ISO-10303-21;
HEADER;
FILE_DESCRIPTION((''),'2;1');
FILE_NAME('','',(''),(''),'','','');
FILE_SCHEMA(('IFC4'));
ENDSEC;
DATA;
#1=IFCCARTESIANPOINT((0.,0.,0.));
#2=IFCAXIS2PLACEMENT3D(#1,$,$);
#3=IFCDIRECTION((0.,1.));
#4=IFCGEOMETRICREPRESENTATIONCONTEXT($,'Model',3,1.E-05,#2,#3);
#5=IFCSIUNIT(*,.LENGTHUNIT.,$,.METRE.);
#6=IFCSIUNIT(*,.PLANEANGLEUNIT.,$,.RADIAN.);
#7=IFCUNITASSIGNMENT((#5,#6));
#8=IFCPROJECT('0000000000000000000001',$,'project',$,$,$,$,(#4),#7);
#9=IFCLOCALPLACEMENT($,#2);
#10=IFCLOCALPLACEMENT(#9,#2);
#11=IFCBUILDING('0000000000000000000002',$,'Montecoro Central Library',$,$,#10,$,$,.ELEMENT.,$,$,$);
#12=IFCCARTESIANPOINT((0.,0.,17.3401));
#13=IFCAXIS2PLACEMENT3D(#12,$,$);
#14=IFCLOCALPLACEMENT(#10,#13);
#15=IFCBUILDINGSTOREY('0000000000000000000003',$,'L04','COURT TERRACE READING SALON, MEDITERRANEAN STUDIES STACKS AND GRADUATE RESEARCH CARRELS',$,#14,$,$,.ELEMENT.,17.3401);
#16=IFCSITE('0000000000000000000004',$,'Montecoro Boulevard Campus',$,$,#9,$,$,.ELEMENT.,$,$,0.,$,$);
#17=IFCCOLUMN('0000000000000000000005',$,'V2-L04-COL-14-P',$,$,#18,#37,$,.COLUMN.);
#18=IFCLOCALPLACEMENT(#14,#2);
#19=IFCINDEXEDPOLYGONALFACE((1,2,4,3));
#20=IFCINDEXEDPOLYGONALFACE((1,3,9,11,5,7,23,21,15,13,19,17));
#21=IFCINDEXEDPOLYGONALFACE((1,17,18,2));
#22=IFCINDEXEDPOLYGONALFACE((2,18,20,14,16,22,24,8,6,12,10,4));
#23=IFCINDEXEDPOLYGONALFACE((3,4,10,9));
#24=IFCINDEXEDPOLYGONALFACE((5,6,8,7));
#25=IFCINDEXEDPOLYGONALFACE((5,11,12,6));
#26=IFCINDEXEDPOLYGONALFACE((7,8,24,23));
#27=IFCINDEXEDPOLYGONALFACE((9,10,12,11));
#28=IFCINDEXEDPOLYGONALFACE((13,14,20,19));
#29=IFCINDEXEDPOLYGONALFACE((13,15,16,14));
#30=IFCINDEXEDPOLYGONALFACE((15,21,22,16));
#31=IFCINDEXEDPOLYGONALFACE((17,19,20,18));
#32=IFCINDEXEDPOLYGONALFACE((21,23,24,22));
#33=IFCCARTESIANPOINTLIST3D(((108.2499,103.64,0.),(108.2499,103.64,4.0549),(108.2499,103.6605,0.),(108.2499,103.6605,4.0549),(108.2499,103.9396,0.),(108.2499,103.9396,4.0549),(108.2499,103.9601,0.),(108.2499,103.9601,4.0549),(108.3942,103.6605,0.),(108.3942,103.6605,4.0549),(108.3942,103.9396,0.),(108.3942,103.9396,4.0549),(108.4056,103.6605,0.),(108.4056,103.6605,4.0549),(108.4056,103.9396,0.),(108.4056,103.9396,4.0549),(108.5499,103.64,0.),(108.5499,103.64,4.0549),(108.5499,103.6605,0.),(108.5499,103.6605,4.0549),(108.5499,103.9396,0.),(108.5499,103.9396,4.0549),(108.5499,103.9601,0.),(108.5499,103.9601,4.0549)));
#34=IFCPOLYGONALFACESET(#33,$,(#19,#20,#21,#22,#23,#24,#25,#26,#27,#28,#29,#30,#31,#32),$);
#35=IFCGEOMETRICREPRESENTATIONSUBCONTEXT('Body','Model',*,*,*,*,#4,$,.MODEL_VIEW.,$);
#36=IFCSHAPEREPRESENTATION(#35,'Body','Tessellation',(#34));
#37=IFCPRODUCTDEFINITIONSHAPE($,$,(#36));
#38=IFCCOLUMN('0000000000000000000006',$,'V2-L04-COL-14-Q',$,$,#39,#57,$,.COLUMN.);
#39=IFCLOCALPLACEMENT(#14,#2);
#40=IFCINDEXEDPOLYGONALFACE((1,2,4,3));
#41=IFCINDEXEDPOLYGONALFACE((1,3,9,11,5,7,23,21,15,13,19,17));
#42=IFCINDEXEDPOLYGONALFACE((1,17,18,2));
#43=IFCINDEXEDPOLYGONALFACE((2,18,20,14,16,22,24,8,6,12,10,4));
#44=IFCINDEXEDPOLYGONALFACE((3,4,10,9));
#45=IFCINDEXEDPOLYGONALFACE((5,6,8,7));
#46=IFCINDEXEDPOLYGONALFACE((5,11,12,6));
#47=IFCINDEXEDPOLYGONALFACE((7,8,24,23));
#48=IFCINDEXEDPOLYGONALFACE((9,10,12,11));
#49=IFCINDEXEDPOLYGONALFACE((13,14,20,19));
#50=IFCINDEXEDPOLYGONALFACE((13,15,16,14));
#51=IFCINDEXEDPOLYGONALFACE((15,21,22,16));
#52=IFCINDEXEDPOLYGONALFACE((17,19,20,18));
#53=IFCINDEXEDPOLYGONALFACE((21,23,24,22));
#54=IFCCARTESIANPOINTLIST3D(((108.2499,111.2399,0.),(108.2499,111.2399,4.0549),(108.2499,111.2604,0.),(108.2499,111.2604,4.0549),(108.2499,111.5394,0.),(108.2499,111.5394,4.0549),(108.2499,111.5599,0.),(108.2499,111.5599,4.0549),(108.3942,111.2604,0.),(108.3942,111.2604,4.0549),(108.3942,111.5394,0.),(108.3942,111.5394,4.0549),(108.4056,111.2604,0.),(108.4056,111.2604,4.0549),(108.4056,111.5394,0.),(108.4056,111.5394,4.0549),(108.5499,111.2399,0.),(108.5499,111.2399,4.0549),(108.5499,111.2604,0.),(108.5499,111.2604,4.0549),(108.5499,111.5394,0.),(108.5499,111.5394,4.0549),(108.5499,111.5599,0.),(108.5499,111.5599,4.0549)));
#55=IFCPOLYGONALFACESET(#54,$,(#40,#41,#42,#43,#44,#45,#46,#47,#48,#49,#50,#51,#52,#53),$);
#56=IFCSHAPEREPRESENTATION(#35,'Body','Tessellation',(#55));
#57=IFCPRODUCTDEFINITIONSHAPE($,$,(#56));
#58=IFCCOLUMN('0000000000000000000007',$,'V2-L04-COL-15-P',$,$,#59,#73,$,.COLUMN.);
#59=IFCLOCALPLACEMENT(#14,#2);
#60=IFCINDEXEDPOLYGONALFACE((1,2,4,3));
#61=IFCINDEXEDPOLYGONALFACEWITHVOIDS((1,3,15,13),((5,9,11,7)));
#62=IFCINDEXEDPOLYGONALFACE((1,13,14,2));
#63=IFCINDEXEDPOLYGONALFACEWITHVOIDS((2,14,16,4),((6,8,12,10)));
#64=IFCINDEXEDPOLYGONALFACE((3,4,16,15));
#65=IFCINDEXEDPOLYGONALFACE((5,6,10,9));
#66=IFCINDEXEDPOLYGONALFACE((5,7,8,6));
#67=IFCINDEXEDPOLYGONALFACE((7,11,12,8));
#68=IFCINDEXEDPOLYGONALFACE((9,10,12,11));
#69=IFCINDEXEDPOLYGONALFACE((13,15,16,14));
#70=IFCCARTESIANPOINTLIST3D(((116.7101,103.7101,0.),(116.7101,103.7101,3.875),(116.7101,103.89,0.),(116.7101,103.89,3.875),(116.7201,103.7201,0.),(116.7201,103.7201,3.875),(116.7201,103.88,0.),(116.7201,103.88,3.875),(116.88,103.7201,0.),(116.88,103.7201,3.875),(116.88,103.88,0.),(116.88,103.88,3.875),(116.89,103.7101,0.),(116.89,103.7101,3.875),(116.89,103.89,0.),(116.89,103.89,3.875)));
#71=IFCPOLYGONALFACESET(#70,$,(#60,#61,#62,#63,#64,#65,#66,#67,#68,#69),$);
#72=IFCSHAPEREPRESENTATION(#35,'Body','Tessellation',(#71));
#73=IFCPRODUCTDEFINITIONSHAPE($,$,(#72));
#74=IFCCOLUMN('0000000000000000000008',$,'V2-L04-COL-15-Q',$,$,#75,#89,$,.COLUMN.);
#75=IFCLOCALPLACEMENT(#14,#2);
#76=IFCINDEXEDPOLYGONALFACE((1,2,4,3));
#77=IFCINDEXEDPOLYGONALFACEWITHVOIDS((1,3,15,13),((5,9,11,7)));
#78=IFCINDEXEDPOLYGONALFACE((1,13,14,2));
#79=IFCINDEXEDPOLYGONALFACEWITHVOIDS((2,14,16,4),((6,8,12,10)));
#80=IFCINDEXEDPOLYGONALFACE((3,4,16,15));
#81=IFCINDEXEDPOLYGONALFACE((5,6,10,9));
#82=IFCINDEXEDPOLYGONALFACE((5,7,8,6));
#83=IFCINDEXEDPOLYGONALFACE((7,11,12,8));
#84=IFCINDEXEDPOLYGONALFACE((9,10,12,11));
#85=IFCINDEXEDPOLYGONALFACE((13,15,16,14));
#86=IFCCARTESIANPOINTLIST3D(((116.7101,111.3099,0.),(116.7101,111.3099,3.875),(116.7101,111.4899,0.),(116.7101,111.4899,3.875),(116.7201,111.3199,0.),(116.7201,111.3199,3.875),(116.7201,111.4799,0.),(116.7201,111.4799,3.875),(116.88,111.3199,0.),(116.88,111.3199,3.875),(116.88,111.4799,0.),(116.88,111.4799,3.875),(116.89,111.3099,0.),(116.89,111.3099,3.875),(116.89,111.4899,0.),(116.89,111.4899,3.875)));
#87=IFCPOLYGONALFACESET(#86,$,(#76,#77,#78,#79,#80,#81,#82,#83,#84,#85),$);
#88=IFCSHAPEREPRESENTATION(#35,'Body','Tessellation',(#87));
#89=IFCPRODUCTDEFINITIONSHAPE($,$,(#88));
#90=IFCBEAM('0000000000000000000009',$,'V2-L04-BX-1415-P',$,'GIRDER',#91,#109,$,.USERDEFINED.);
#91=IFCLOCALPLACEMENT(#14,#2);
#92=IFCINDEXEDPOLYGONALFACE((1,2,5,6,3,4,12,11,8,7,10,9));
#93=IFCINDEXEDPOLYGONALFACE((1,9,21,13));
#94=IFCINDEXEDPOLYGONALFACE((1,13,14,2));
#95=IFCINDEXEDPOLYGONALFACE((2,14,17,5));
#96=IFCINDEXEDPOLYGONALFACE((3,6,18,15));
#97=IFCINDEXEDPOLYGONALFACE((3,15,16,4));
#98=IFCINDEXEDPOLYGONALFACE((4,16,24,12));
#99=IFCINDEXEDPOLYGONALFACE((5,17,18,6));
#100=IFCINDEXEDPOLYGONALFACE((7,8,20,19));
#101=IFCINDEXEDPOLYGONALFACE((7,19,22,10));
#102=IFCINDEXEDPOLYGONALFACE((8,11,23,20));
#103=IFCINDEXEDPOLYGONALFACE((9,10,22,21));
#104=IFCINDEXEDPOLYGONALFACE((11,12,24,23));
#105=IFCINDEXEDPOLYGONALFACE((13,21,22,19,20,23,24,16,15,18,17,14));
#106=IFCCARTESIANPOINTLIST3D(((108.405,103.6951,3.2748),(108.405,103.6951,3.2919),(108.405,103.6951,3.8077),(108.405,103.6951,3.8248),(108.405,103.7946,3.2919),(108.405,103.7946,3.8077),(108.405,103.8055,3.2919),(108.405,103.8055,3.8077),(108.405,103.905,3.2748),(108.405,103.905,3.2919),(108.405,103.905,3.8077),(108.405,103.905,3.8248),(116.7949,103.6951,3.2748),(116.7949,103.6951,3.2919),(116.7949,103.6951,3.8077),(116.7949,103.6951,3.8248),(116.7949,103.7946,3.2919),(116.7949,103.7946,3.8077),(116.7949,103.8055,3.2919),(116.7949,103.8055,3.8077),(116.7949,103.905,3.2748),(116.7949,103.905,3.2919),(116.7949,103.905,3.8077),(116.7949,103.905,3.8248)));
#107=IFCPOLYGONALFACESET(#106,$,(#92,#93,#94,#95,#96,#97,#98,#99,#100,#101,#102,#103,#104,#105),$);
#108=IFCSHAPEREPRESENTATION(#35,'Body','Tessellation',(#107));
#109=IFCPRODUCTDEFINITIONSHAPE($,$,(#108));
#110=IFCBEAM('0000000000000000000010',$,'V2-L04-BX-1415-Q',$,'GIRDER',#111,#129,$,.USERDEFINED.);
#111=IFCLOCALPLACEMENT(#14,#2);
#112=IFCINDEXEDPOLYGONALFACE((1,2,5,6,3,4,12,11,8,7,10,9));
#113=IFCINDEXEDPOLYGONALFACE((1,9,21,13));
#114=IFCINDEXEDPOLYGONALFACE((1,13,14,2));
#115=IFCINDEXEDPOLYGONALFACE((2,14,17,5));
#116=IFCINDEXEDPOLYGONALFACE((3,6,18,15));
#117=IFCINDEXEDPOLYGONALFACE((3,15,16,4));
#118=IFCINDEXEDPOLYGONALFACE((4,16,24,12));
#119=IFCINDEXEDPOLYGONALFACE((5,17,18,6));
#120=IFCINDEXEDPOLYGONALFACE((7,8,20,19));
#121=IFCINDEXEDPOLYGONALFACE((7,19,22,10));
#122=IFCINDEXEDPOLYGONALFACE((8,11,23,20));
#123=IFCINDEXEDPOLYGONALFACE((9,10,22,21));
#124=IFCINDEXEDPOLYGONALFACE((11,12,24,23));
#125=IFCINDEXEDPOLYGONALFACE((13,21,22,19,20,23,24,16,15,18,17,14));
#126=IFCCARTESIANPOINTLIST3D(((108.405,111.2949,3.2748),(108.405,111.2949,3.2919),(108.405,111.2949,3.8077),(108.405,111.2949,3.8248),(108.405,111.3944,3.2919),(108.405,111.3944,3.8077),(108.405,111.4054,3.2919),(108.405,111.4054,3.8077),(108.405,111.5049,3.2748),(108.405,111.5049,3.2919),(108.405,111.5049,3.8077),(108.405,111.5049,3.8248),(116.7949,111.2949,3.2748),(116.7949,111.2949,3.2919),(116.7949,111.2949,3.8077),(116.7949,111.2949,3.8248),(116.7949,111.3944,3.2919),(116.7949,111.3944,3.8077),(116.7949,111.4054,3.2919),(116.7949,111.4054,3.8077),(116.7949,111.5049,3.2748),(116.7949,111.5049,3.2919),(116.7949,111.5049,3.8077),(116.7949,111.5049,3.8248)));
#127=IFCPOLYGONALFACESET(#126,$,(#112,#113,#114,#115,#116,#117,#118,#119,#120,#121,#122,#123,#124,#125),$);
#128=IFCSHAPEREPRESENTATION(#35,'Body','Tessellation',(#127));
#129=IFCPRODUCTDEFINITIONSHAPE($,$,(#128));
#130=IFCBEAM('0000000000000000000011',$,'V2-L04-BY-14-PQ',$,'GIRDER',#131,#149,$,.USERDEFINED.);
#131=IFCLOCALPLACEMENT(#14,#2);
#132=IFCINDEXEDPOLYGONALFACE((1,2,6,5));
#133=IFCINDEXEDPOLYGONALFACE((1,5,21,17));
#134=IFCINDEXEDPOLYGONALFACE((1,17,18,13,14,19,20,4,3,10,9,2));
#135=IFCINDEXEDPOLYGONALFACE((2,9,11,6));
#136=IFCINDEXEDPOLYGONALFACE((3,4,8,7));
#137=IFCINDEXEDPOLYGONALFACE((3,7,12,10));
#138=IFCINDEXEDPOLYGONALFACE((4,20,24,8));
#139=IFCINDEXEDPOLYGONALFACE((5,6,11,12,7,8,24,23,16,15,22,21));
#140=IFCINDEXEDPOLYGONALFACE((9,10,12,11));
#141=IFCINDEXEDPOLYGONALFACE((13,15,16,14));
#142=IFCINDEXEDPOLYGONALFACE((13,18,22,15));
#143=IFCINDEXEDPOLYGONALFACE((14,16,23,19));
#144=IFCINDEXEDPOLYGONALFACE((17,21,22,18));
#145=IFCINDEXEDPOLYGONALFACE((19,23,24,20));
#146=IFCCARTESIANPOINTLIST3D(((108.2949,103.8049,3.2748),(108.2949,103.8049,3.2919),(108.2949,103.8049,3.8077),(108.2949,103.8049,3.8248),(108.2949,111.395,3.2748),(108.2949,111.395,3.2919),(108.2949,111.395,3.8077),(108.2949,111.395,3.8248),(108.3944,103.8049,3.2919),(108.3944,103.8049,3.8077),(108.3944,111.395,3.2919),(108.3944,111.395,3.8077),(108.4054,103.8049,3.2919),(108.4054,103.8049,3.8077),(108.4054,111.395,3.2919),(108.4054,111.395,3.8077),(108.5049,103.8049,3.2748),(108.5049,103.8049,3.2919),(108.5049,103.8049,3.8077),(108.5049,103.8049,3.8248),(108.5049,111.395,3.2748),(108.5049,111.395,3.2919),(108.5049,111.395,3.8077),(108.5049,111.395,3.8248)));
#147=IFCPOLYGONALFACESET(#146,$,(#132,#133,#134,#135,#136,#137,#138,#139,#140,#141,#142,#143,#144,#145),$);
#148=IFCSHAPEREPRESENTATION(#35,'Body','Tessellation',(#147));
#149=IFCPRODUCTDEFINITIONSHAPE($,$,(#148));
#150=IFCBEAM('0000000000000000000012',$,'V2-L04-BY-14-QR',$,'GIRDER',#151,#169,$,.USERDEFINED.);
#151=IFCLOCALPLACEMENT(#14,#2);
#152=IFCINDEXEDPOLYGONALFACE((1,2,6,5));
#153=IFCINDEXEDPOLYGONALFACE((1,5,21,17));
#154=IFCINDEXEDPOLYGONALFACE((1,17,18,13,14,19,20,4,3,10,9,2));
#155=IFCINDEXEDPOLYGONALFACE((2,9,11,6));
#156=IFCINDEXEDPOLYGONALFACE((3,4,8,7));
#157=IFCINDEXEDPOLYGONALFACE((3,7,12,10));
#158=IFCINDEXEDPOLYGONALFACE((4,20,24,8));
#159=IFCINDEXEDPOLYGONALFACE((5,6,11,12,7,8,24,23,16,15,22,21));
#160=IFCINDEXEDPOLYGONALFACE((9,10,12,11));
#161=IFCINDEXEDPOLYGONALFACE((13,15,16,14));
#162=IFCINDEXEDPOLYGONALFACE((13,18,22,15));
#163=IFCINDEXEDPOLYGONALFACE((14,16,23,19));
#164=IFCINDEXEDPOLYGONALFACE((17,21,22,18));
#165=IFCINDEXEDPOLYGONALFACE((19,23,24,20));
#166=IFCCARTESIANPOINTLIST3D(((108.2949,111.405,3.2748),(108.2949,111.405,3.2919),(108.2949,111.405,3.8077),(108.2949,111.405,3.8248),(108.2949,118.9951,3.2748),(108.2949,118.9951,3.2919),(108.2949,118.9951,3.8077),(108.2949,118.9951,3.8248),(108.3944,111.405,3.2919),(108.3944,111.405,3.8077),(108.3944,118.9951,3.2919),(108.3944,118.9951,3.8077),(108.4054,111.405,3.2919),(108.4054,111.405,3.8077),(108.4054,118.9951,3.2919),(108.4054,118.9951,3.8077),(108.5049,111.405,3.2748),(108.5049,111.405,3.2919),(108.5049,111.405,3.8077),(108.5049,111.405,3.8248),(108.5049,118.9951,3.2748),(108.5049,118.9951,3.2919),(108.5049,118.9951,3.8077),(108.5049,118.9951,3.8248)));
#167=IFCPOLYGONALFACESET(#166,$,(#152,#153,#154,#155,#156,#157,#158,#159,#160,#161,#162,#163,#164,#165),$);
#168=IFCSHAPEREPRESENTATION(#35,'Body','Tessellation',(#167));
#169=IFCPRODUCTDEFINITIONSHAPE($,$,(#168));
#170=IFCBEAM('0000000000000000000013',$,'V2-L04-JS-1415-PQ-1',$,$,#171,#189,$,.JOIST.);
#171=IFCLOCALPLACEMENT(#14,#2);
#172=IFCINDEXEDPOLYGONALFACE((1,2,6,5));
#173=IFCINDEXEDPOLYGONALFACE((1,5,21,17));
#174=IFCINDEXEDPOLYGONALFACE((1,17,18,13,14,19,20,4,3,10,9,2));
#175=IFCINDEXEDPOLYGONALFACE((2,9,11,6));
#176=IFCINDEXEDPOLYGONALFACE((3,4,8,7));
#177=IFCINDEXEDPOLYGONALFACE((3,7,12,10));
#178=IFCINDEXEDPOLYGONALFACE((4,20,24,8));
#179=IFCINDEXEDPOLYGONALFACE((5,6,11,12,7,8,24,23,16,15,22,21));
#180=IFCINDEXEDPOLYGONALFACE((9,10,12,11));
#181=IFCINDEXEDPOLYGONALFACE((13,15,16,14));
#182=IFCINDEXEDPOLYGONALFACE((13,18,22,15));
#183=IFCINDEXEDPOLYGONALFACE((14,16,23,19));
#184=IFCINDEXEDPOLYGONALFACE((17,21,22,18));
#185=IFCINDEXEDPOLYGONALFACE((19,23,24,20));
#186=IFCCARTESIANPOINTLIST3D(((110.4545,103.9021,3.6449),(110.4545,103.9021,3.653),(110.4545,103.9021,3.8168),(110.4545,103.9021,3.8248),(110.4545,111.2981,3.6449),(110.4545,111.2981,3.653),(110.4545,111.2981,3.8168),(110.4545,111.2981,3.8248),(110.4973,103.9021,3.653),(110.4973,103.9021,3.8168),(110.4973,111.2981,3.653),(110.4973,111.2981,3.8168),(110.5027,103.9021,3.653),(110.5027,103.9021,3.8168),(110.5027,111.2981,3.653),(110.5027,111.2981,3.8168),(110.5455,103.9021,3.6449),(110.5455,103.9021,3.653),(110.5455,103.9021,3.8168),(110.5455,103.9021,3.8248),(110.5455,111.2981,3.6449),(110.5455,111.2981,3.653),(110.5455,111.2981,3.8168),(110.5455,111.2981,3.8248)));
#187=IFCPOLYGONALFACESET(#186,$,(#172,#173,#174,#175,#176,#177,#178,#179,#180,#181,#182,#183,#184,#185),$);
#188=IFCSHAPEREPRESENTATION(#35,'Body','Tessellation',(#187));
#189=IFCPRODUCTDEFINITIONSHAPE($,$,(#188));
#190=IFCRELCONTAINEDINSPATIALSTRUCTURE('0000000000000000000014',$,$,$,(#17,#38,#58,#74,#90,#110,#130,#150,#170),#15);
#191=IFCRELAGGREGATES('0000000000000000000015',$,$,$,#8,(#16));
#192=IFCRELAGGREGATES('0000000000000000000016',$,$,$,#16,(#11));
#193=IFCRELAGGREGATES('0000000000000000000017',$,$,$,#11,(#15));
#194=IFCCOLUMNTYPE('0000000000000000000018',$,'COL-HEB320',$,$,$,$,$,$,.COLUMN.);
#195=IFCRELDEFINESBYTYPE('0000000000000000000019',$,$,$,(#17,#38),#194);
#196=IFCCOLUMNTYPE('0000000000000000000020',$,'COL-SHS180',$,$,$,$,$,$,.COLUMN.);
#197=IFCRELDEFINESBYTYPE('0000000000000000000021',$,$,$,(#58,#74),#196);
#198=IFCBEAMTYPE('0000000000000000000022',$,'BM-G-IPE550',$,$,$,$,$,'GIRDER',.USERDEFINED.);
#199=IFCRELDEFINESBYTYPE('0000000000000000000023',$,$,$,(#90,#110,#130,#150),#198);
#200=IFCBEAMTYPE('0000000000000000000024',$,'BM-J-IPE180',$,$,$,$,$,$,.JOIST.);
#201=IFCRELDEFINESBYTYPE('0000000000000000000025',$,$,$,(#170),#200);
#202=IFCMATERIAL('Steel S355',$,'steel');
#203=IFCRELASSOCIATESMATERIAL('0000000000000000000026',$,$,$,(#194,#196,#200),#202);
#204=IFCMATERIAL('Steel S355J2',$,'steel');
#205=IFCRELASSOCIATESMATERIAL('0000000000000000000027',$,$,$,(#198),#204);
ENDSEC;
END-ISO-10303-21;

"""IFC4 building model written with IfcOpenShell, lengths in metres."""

from ifc_helpers import new_model, si_unit, direction, frame, origin, origin_2d, place, context, subcontext, project, spatial, hollow_rectangle, i_section, extrude, material, material_profile, profile_set, type_object, element, save


model = new_model("IFC4")

# Units and contexts
model_context = context("Model", 3, precision=1e-05, world=origin(), true_north=direction((0.0, 1.0)))
body_context = subcontext(model_context, "Body", "Model", "MODEL_VIEW")
ifc_project = project(units=[si_unit("LENGTHUNIT", "METRE"), si_unit("PLANEANGLEUNIT", "RADIAN")], contexts=[model_context])

# Site, building, storey
site_placement = place(None, origin())
site = spatial("IfcSite", under=ifc_project, at=site_placement, Name="Montecoro Boulevard Campus", CompositionType="ELEMENT", RefElevation=0.0)
building_placement = place(site_placement, origin())
building = spatial("IfcBuilding", under=site, at=building_placement, Name="Montecoro Central Library", CompositionType="ELEMENT")
storey_placement = place(building_placement, frame((0.0, 0.0, 17.3401)))
storey = spatial("IfcBuildingStorey", under=building, at=storey_placement, Name="L04", Description="COURT TERRACE READING SALON, MEDITERRANEAN STUDIES STACKS AND GRADUATE RESEARCH CARRELS", CompositionType="ELEMENT", Elevation=17.3401)

# Columns
ifc_material_1 = material(Name="Steel S355", Category="steel")
ifc_material_profile_1 = material_profile(ifc_material_1, i_section(OverallWidth=0.3, OverallDepth=0.3201, WebThickness=0.0115, FlangeThickness=0.0205, at=origin_2d()), Name="HEB 320")
ifc_profile_set_1 = profile_set([ifc_material_profile_1], Name="Steel S355")
column_type_1 = type_object("IfcColumnType", Name="COL-HEB320", PredefinedType="COLUMN", material=ifc_profile_set_1)
for number, where, z_axis, x_axis, name in (
    (1, (108.3999, 103.8, 0.0), (0.0, 0.0, 1.0), (1.0, 0.0, 0.0), "V2-L04-COL-14-P"),
    (2, (108.3999, 111.3999, 0.0), (0.0, 0.0, 1.0), (1.0, 0.0, 0.0), "V2-L04-COL-14-Q"),
):
    element("IfcColumn", number, at=place(storey_placement, frame(where, z_axis=z_axis, x_axis=x_axis)), inside=storey, type_object=column_type_1, Name=name, PredefinedType="COLUMN", context=body_context, shape_type="SweptSolid", body=[
        extrude(i_section(OverallWidth=0.3, OverallDepth=0.3201, WebThickness=0.0115, FlangeThickness=0.0205, at=origin_2d()), origin(), (0.0, 0.0, 1.0), 4.0549),
    ])
ifc_material_profile_2 = material_profile(ifc_material_1, hollow_rectangle(XDim=0.1799, YDim=0.1799, WallThickness=0.01, at=origin_2d()), Name="SHS 180x180x10.0")
ifc_profile_set_2 = profile_set([ifc_material_profile_2], Name="Steel S355")
column_type_2 = type_object("IfcColumnType", Name="COL-SHS180", PredefinedType="COLUMN", material=ifc_profile_set_2)
for number, where, z_axis, x_axis, name in (
    (3, (116.8, 103.8, 0.0), (0.0, 0.0, 1.0), (1.0, 0.0, 0.0), "V2-L04-COL-15-P"),
    (4, (116.8, 111.3999, 0.0), (0.0, 0.0, 1.0), (1.0, 0.0, 0.0), "V2-L04-COL-15-Q"),
):
    element("IfcColumn", number, at=place(storey_placement, frame(where, z_axis=z_axis, x_axis=x_axis)), inside=storey, type_object=column_type_2, Name=name, PredefinedType="COLUMN", context=body_context, shape_type="SweptSolid", body=[
        extrude(hollow_rectangle(XDim=0.1799, YDim=0.1799, WallThickness=0.01, at=origin_2d()), origin(), (0.0, 0.0, 1.0), 3.875),
    ])

# Beams
ifc_material_2 = material(Name="Steel S355J2", Category="steel")
ifc_material_profile_3 = material_profile(ifc_material_2, i_section(OverallWidth=0.21, OverallDepth=0.55, WebThickness=0.011, FlangeThickness=0.0171, at=origin_2d()), Name="IPE 550")
ifc_profile_set_3 = profile_set([ifc_material_profile_3], Name="Steel S355J2")
beam_type_1 = type_object("IfcBeamType", Name="BM-G-IPE550", ElementType="GIRDER", PredefinedType="USERDEFINED", material=ifc_profile_set_3)
for number, where, z_axis, x_axis, name in (
    (5, (108.405, 103.8, 3.5498), (1.0, 0.0, 0.0), (0.0, 1.0, 0.0), "V2-L04-BX-1415-P"),
    (6, (108.405, 111.3999, 3.5498), (1.0, 0.0, 0.0), (0.0, 1.0, 0.0), "V2-L04-BX-1415-Q"),
):
    element("IfcBeam", number, at=place(storey_placement, frame(where, z_axis=z_axis, x_axis=x_axis)), inside=storey, type_object=beam_type_1, Name=name, ObjectType="GIRDER", PredefinedType="USERDEFINED", context=body_context, shape_type="SweptSolid", body=[
        extrude(i_section(OverallWidth=0.21, OverallDepth=0.55, WebThickness=0.011, FlangeThickness=0.0171, at=origin_2d()), origin(), (0.0, 0.0, 1.0), 8.3899),
    ])
for number, where, z_axis, x_axis, name in (
    (7, (108.3999, 103.8049, 3.5498), (0.0, 1.0, 0.0), (-1.0, 0.0, 0.0), "V2-L04-BY-14-PQ"),
    (8, (108.3999, 111.405, 3.5498), (0.0, 1.0, 0.0), (-1.0, 0.0, 0.0), "V2-L04-BY-14-QR"),
):
    element("IfcBeam", number, at=place(storey_placement, frame(where, z_axis=z_axis, x_axis=x_axis)), inside=storey, type_object=beam_type_1, Name=name, ObjectType="GIRDER", PredefinedType="USERDEFINED", context=body_context, shape_type="SweptSolid", body=[
        extrude(i_section(OverallWidth=0.21, OverallDepth=0.55, WebThickness=0.011, FlangeThickness=0.0171, at=origin_2d()), origin(), (0.0, 0.0, 1.0), 7.5901),
    ])
ifc_material_profile_4 = material_profile(ifc_material_1, i_section(OverallWidth=0.0911, OverallDepth=0.1799, WebThickness=0.0054, FlangeThickness=0.0081, at=origin_2d()), Name="IPE 180")
ifc_profile_set_4 = profile_set([ifc_material_profile_4], Name="Steel S355")
beam_type_2 = type_object("IfcBeamType", Name="BM-J-IPE180", PredefinedType="JOIST", material=ifc_profile_set_4)
for number, where, z_axis, x_axis, name in (
    (9, (110.5, 103.9021, 3.7349), (0.0, 1.0, 0.0), (-1.0, 0.0, 0.0), "V2-L04-JS-1415-PQ-1"),
):
    element("IfcBeam", number, at=place(storey_placement, frame(where, z_axis=z_axis, x_axis=x_axis)), inside=storey, type_object=beam_type_2, Name=name, PredefinedType="JOIST", context=body_context, shape_type="SweptSolid", body=[
        extrude(i_section(OverallWidth=0.0911, OverallDepth=0.1799, WebThickness=0.0054, FlangeThickness=0.0081, at=origin_2d()), origin(), (0.0, 0.0, 1.0), 7.396),
    ])

save(model, "model.ifc")
